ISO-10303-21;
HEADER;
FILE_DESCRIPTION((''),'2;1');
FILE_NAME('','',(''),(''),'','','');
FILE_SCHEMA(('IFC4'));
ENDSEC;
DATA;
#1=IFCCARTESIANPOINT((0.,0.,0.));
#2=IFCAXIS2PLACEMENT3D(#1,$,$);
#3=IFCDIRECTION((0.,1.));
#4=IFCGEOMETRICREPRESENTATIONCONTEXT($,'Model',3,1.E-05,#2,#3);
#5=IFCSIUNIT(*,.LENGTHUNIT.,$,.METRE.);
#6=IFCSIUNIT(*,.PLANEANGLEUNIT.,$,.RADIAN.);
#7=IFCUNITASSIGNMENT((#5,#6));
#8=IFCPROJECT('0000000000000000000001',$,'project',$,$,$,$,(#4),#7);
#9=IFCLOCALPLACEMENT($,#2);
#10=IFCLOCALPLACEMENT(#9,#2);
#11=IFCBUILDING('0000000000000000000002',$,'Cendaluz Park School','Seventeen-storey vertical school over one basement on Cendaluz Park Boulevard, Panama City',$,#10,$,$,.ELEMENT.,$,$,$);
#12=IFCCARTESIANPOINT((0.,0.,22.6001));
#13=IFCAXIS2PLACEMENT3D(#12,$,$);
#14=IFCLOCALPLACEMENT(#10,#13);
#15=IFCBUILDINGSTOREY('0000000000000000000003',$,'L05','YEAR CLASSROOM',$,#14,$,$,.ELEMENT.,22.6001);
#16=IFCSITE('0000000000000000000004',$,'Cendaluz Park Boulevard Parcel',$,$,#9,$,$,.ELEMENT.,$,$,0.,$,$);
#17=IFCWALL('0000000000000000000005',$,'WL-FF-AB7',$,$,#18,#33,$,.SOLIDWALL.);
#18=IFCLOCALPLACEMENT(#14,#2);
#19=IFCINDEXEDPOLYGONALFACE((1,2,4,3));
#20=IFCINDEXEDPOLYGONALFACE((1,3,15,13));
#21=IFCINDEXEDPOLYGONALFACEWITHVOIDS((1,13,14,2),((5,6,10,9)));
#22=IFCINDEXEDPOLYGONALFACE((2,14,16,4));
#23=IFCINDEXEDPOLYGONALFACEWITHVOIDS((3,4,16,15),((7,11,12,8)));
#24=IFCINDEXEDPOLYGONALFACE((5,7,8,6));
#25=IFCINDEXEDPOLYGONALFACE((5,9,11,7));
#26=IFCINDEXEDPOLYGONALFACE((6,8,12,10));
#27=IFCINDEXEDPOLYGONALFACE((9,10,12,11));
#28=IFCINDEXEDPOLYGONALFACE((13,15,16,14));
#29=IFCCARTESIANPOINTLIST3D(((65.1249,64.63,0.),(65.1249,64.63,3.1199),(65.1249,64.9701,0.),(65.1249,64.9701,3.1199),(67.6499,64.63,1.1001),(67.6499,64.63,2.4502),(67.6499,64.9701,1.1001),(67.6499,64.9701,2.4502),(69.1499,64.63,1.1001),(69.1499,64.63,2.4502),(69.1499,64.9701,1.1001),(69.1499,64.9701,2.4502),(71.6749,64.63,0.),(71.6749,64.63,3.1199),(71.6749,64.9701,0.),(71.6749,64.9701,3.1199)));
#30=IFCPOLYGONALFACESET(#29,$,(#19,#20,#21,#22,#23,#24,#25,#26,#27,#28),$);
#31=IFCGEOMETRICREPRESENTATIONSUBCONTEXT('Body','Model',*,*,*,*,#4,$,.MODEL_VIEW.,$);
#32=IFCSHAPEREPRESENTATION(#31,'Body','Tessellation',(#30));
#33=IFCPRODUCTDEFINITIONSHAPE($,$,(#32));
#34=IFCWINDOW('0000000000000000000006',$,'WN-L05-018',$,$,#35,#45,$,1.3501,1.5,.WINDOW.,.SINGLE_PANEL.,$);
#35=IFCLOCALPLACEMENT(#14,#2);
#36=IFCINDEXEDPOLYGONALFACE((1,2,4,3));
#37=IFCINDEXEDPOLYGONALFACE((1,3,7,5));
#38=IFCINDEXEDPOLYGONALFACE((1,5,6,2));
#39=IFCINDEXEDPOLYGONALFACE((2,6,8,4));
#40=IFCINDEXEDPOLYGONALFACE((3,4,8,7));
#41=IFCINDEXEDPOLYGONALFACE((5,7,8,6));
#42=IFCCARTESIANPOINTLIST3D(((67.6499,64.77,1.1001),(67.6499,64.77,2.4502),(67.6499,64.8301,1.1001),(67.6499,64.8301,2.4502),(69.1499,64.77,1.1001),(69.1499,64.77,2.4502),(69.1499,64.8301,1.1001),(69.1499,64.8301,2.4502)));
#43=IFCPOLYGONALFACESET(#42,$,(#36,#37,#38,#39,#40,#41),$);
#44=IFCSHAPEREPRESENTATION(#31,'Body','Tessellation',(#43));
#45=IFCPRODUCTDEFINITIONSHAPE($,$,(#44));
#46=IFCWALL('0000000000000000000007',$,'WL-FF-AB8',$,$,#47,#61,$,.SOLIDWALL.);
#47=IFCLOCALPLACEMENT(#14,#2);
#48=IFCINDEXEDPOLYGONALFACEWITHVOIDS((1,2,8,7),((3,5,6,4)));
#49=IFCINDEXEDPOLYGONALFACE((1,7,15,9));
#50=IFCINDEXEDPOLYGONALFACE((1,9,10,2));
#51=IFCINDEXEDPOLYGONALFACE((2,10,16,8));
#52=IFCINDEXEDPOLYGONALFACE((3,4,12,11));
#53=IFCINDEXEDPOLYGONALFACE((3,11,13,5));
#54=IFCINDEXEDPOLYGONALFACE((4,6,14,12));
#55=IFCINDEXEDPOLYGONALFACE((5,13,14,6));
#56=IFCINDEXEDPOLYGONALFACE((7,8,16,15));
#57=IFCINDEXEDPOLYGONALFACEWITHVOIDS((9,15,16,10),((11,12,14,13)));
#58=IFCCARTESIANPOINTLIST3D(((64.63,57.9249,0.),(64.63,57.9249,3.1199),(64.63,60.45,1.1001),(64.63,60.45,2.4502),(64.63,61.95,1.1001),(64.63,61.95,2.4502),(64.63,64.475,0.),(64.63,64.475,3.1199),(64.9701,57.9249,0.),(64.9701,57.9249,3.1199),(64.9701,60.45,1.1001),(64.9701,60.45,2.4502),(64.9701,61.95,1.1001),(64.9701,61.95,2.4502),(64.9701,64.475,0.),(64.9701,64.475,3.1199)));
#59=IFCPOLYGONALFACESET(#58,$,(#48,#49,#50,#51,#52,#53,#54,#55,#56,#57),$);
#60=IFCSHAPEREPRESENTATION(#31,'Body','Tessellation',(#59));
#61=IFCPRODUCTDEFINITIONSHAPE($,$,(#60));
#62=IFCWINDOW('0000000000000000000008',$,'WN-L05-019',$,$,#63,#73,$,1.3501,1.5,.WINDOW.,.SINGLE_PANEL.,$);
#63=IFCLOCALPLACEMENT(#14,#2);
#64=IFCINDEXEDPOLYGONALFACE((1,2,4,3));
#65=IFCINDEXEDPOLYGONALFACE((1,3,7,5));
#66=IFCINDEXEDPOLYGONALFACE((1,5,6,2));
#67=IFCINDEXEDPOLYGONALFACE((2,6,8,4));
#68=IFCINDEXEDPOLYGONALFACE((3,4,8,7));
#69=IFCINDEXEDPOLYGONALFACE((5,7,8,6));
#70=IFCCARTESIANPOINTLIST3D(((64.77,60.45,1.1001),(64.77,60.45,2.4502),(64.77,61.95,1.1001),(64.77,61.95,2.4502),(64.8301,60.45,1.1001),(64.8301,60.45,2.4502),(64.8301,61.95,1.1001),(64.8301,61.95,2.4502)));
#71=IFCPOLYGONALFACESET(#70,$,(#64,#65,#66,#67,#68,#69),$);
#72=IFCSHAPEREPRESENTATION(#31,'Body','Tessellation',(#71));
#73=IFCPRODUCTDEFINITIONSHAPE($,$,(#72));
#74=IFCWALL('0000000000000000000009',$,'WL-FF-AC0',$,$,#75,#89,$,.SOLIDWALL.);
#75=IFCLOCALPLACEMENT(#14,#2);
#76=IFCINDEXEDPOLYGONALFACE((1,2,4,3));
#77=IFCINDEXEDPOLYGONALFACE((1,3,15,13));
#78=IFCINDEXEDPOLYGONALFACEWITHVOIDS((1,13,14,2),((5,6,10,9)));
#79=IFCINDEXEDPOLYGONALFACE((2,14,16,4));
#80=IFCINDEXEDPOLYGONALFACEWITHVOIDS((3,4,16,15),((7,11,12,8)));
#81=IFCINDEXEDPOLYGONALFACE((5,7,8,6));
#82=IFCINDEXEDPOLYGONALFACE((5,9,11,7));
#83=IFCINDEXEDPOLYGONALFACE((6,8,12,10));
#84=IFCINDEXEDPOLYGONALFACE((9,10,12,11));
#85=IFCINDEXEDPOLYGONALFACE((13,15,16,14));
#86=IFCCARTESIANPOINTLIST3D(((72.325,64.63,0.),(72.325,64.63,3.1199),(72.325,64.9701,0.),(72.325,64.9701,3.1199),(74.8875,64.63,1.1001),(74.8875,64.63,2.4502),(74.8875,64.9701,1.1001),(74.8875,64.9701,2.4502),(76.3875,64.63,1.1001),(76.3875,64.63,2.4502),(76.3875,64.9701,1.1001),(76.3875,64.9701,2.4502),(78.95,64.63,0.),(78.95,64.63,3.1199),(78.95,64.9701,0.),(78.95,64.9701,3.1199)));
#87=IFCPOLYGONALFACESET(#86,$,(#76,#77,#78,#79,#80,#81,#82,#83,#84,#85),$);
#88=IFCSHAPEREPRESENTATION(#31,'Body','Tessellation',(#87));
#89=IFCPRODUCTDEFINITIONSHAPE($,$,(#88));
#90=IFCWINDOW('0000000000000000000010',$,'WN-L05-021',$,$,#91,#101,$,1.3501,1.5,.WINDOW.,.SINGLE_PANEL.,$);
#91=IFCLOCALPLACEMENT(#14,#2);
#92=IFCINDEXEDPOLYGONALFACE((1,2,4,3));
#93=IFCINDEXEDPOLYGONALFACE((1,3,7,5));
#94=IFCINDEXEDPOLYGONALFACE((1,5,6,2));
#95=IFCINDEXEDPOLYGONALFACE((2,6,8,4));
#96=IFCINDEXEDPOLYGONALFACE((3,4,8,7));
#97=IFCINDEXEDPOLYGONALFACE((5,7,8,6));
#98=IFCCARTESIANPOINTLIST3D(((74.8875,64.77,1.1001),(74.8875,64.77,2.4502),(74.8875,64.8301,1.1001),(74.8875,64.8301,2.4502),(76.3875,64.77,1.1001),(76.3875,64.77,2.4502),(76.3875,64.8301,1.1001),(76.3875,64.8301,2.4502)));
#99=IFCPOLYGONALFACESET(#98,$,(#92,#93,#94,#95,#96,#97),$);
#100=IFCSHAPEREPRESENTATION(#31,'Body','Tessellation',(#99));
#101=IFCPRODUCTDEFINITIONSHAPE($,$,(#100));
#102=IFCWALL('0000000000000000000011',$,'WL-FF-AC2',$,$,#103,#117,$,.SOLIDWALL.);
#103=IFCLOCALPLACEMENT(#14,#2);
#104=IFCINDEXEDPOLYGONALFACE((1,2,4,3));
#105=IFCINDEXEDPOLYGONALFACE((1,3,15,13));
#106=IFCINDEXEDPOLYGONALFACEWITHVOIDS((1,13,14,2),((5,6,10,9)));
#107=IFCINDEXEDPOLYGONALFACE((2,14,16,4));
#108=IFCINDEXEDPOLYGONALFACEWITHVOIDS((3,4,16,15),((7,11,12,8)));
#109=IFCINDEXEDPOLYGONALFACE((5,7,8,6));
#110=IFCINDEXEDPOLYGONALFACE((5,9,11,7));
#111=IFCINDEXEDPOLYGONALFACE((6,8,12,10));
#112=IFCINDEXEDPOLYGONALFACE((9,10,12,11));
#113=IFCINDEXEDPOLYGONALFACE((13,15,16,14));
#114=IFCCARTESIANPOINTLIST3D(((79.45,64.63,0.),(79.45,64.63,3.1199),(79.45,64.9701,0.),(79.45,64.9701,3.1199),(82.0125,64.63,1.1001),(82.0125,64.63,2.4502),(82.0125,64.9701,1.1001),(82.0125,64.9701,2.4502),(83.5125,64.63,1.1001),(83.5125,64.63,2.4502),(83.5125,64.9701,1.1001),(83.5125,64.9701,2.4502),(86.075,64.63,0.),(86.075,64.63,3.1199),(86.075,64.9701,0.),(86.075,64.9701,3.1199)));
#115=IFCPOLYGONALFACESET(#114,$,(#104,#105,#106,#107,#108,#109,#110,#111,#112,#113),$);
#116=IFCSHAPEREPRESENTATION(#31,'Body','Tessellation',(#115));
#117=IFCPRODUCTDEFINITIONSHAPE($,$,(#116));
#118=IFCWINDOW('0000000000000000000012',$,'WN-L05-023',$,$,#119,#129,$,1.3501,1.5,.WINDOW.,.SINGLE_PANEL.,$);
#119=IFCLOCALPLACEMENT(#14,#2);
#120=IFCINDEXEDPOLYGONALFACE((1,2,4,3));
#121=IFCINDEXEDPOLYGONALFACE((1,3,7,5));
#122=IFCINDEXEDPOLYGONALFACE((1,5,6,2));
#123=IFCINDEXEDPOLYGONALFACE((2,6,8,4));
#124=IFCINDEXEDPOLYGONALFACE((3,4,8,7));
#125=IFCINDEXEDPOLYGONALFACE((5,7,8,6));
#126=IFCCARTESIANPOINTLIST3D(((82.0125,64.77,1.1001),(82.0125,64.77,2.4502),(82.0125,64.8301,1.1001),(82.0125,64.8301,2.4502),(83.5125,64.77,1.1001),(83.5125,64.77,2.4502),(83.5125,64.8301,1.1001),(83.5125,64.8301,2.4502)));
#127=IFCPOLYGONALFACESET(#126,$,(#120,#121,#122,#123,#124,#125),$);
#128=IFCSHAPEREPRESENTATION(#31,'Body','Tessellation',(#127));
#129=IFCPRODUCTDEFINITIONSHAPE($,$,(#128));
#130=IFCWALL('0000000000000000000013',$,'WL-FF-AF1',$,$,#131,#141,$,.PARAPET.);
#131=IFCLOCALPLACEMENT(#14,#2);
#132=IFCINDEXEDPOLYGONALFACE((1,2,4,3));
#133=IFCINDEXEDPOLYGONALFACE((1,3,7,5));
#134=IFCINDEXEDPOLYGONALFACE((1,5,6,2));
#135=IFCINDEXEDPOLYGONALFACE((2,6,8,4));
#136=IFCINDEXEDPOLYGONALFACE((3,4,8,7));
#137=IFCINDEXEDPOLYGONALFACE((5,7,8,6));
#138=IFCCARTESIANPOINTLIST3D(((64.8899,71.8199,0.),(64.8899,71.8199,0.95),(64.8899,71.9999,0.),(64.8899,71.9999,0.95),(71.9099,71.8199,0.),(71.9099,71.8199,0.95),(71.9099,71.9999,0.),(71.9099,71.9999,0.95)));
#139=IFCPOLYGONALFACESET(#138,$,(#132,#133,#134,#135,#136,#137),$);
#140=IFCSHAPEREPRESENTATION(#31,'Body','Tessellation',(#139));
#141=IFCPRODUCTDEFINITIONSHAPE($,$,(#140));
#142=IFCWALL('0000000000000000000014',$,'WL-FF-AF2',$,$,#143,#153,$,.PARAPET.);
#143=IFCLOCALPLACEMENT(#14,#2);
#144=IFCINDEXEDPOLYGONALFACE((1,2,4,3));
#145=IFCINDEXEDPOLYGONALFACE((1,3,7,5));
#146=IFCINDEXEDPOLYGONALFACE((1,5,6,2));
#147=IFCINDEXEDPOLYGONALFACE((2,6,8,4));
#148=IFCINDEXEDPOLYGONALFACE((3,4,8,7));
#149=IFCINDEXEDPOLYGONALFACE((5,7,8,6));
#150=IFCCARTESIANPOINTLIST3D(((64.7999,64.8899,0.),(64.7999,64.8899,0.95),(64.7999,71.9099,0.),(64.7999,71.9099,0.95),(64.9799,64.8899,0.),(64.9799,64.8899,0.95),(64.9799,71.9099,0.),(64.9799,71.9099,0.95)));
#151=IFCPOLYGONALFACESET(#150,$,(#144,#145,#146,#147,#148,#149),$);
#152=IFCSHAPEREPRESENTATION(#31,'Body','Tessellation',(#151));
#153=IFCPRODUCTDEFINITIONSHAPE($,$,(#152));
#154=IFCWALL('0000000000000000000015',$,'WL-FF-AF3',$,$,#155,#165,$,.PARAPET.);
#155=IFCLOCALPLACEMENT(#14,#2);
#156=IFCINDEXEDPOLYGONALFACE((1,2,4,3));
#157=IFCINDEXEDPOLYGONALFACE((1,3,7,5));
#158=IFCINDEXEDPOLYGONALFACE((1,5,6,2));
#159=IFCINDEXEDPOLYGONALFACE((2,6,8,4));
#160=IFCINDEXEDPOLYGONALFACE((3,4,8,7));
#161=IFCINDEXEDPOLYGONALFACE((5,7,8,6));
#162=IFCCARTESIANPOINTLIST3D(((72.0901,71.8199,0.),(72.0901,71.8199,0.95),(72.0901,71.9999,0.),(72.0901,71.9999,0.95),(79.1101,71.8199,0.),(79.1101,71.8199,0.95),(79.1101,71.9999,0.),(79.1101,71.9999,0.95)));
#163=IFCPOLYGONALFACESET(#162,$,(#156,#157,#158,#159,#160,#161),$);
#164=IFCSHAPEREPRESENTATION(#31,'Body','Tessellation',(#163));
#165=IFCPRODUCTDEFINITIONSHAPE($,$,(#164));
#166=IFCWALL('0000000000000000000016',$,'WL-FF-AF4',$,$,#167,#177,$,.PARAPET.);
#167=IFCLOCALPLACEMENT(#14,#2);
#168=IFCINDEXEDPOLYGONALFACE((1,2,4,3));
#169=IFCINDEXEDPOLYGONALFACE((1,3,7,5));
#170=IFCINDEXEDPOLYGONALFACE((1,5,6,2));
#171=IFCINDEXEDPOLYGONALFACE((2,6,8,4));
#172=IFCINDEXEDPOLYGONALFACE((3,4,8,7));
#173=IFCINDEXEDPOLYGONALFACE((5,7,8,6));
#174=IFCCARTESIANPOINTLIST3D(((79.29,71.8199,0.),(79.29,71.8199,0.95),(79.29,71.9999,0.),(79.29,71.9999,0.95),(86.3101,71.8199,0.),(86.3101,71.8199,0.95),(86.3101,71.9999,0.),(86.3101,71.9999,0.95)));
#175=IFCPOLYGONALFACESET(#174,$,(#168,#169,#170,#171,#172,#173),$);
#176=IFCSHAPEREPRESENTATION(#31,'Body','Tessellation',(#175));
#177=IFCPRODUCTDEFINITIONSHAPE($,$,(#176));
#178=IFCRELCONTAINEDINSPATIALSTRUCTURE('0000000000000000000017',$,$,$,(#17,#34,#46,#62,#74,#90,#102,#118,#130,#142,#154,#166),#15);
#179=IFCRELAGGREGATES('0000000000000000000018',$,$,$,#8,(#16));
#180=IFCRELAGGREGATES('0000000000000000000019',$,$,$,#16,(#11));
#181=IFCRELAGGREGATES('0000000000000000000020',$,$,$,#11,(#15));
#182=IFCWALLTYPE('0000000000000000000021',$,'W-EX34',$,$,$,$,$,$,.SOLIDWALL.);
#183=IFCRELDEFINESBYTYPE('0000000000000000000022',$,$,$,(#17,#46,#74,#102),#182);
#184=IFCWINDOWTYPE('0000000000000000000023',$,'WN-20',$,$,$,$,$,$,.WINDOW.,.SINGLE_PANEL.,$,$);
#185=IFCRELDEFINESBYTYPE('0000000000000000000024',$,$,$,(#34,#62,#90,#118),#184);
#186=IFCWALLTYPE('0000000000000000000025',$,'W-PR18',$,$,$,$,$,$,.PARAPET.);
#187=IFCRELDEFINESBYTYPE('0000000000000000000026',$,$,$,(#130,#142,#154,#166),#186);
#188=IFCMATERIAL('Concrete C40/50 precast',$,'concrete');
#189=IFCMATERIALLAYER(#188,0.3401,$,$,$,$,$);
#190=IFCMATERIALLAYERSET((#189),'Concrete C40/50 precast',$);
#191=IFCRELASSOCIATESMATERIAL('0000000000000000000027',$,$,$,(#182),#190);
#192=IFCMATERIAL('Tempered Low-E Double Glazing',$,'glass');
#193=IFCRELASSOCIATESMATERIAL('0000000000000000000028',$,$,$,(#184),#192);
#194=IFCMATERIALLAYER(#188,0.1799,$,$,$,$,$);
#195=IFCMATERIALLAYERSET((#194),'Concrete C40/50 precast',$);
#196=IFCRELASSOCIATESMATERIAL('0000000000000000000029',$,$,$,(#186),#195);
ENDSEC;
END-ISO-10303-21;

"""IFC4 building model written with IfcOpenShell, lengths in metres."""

from ifc_helpers import new_model, si_unit, direction, frame, frame_2d, origin, place, context, subcontext, project, spatial, rectangle, extrude, material, layer, layer_set, type_object, element, fill, save


model = new_model("IFC4")

# Units and contexts
model_context = context("Model", 3, precision=1e-05, world=origin(), true_north=direction((0.0, 1.0)))
body_context = subcontext(model_context, "Body", "Model", "MODEL_VIEW")
ifc_project = project(units=[si_unit("LENGTHUNIT", "METRE"), si_unit("PLANEANGLEUNIT", "RADIAN")], contexts=[model_context])

# Site, building, storey
site_placement = place(None, origin())
site = spatial("IfcSite", under=ifc_project, at=site_placement, Name="Cendaluz Park Boulevard Parcel", CompositionType="ELEMENT", RefElevation=0.0)
building_placement = place(site_placement, origin())
building = spatial("IfcBuilding", under=site, at=building_placement, Name="Cendaluz Park School", Description="Seventeen-storey vertical school over one basement on Cendaluz Park Boulevard, Panama City", CompositionType="ELEMENT")
storey_placement = place(building_placement, frame((0.0, 0.0, 22.6001)))
storey = spatial("IfcBuildingStorey", under=building, at=storey_placement, Name="L05", Description="YEAR CLASSROOM", CompositionType="ELEMENT", Elevation=22.6001)

# Walls, openings, windows
ifc_material_1 = material(Name="Concrete C40/50 precast", Category="concrete")
ifc_layer_1 = layer(ifc_material_1, 0.3401)
ifc_layer_set_1 = layer_set([ifc_layer_1], Name="Concrete C40/50 precast")
wall_type_1 = type_object("IfcWallType", Name="W-EX34", PredefinedType="SOLIDWALL", material=ifc_layer_set_1)
wall_1_placement = place(storey_placement, frame((65.125, 64.8, 0.0), z_axis=(0.0, 0.0, 1.0), x_axis=(1.0, 0.0, 0.0)))
wall_1 = element("IfcWall", 1, at=wall_1_placement, inside=storey, type_object=wall_type_1, Name="WL-FF-AB7", PredefinedType="SOLIDWALL", context=body_context, shape_type="SweptSolid", body=[
    extrude(rectangle(XDim=6.55, YDim=0.3401, at=frame_2d((3.2749, 0.0))), origin(), (0.0, 0.0, 1.0), 3.1199),
])
opening_1_placement = place(wall_1_placement, frame((2.5249, 0.0, 1.1001)))
opening_1 = element("IfcOpeningElement", 2, at=opening_1_placement, cuts=wall_1, PredefinedType="OPENING", context=body_context, shape_type="SweptSolid", body=[
    extrude(rectangle(XDim=1.5, YDim=1.3501, at=frame_2d((0.75, 0.675))), frame((0.0, 0.1821, 0.0), z_axis=(0.0, -1.0, 0.0), x_axis=(1.0, 0.0, 0.0)), (0.0, 0.0, 1.0), 0.364),
])
ifc_material_2 = material(Name="Tempered Low-E Double Glazing", Category="glass")
window_type = type_object("IfcWindowType", Name="WN-20", PartitioningType="SINGLE_PANEL", PredefinedType="WINDOW", material=ifc_material_2)
window_1_placement = place(opening_1_placement, origin())
window_1 = element("IfcWindow", 3, at=window_1_placement, inside=storey, type_object=window_type, Name="WN-L05-018", OverallHeight=1.3501, OverallWidth=1.5, PartitioningType="SINGLE_PANEL", PredefinedType="WINDOW", context=body_context, shape_type="SweptSolid", body=[
    extrude(rectangle(XDim=1.5, YDim=1.3501, at=frame_2d((0.75, 0.675))), frame((0.0, 0.03, 0.0), z_axis=(0.0, -1.0, 0.0), x_axis=(1.0, 0.0, 0.0)), (0.0, 0.0, 1.0), 0.0601),
])
fill(opening_1, window_1)
wall_2_placement = place(storey_placement, frame((64.8, 57.925, 0.0), z_axis=(0.0, 0.0, 1.0), x_axis=(0.0, 1.0, 0.0)))
wall_2 = element("IfcWall", 4, at=wall_2_placement, inside=storey, type_object=wall_type_1, Name="WL-FF-AB8", PredefinedType="SOLIDWALL", context=body_context, shape_type="SweptSolid", body=[
    extrude(rectangle(XDim=6.55, YDim=0.3401, at=frame_2d((3.2749, 0.0))), origin(), (0.0, 0.0, 1.0), 3.1199),
])
opening_2_placement = place(wall_2_placement, frame((2.5249, 0.0, 1.1001)))
opening_2 = element("IfcOpeningElement", 5, at=opening_2_placement, cuts=wall_2, PredefinedType="OPENING", context=body_context, shape_type="SweptSolid", body=[
    extrude(rectangle(XDim=1.5, YDim=1.3501, at=frame_2d((0.75, 0.675))), frame((0.0, 0.1821, 0.0), z_axis=(0.0, -1.0, 0.0), x_axis=(1.0, 0.0, 0.0)), (0.0, 0.0, 1.0), 0.364),
])
window_2_placement = place(opening_2_placement, origin())
window_2 = element("IfcWindow", 6, at=window_2_placement, inside=storey, type_object=window_type, Name="WN-L05-019", OverallHeight=1.3501, OverallWidth=1.5, PartitioningType="SINGLE_PANEL", PredefinedType="WINDOW", context=body_context, shape_type="SweptSolid", body=[
    extrude(rectangle(XDim=1.5, YDim=1.3501, at=frame_2d((0.75, 0.675))), frame((0.0, 0.03, 0.0), z_axis=(0.0, -1.0, 0.0), x_axis=(1.0, 0.0, 0.0)), (0.0, 0.0, 1.0), 0.0601),
])
fill(opening_2, window_2)
wall_3_placement = place(storey_placement, frame((72.325, 64.8, 0.0), z_axis=(0.0, 0.0, 1.0), x_axis=(1.0, 0.0, 0.0)))
wall_3 = element("IfcWall", 7, at=wall_3_placement, inside=storey, type_object=wall_type_1, Name="WL-FF-AC0", PredefinedType="SOLIDWALL", context=body_context, shape_type="SweptSolid", body=[
    extrude(rectangle(XDim=6.625, YDim=0.3401, at=frame_2d((3.3125, 0.0))), origin(), (0.0, 0.0, 1.0), 3.1199),
])
opening_3_placement = place(wall_3_placement, frame((2.5625, 0.0, 1.1001)))
opening_3 = element("IfcOpeningElement", 8, at=opening_3_placement, cuts=wall_3, PredefinedType="OPENING", context=body_context, shape_type="SweptSolid", body=[
    extrude(rectangle(XDim=1.5, YDim=1.3501, at=frame_2d((0.75, 0.675))), frame((0.0, 0.1821, 0.0), z_axis=(0.0, -1.0, 0.0), x_axis=(1.0, 0.0, 0.0)), (0.0, 0.0, 1.0), 0.364),
])
window_3_placement = place(opening_3_placement, origin())
window_3 = element("IfcWindow", 9, at=window_3_placement, inside=storey, type_object=window_type, Name="WN-L05-021", OverallHeight=1.3501, OverallWidth=1.5, PartitioningType="SINGLE_PANEL", PredefinedType="WINDOW", context=body_context, shape_type="SweptSolid", body=[
    extrude(rectangle(XDim=1.5, YDim=1.3501, at=frame_2d((0.75, 0.675))), frame((0.0, 0.03, 0.0), z_axis=(0.0, -1.0, 0.0), x_axis=(1.0, 0.0, 0.0)), (0.0, 0.0, 1.0), 0.0601),
])
fill(opening_3, window_3)
wall_4_placement = place(storey_placement, frame((79.45, 64.8, 0.0), z_axis=(0.0, 0.0, 1.0), x_axis=(1.0, 0.0, 0.0)))
wall_4 = element("IfcWall", 10, at=wall_4_placement, inside=storey, type_object=wall_type_1, Name="WL-FF-AC2", PredefinedType="SOLIDWALL", context=body_context, shape_type="SweptSolid", body=[
    extrude(rectangle(XDim=6.625, YDim=0.3401, at=frame_2d((3.3125, 0.0))), origin(), (0.0, 0.0, 1.0), 3.1199),
])
opening_4_placement = place(wall_4_placement, frame((2.5625, 0.0, 1.1001)))
opening_4 = element("IfcOpeningElement", 11, at=opening_4_placement, cuts=wall_4, PredefinedType="OPENING", context=body_context, shape_type="SweptSolid", body=[
    extrude(rectangle(XDim=1.5, YDim=1.3501, at=frame_2d((0.75, 0.675))), frame((0.0, 0.1821, 0.0), z_axis=(0.0, -1.0, 0.0), x_axis=(1.0, 0.0, 0.0)), (0.0, 0.0, 1.0), 0.364),
])
window_4_placement = place(opening_4_placement, origin())
window_4 = element("IfcWindow", 12, at=window_4_placement, inside=storey, type_object=window_type, Name="WN-L05-023", OverallHeight=1.3501, OverallWidth=1.5, PartitioningType="SINGLE_PANEL", PredefinedType="WINDOW", context=body_context, shape_type="SweptSolid", body=[
    extrude(rectangle(XDim=1.5, YDim=1.3501, at=frame_2d((0.75, 0.675))), frame((0.0, 0.03, 0.0), z_axis=(0.0, -1.0, 0.0), x_axis=(1.0, 0.0, 0.0)), (0.0, 0.0, 1.0), 0.0601),
])
fill(opening_4, window_4)

# Walls
ifc_layer_2 = layer(ifc_material_1, 0.1799)
ifc_layer_set_2 = layer_set([ifc_layer_2], Name="Concrete C40/50 precast")
wall_type_2 = type_object("IfcWallType", Name="W-PR18", PredefinedType="PARAPET", material=ifc_layer_set_2)
for number, where, z_axis, x_axis, name in (
    (13, (64.8899, 71.9099, 0.0), (0.0, 0.0, 1.0), (1.0, 0.0, 0.0), "WL-FF-AF1"),
    (14, (64.8899, 64.8899, 0.0), (0.0, 0.0, 1.0), (0.0, 1.0, 0.0), "WL-FF-AF2"),
    (15, (72.0901, 71.9099, 0.0), (0.0, 0.0, 1.0), (1.0, 0.0, 0.0), "WL-FF-AF3"),
    (16, (79.29, 71.9099, 0.0), (0.0, 0.0, 1.0), (1.0, 0.0, 0.0), "WL-FF-AF4"),
):
    element("IfcWall", number, at=place(storey_placement, frame(where, z_axis=z_axis, x_axis=x_axis)), inside=storey, type_object=wall_type_2, Name=name, PredefinedType="PARAPET", context=body_context, shape_type="SweptSolid", body=[
        extrude(rectangle(XDim=7.02, YDim=0.1799, at=frame_2d((3.51, 0.0))), origin(), (0.0, 0.0, 1.0), 0.95),
    ])

save(model, "model.ifc")
